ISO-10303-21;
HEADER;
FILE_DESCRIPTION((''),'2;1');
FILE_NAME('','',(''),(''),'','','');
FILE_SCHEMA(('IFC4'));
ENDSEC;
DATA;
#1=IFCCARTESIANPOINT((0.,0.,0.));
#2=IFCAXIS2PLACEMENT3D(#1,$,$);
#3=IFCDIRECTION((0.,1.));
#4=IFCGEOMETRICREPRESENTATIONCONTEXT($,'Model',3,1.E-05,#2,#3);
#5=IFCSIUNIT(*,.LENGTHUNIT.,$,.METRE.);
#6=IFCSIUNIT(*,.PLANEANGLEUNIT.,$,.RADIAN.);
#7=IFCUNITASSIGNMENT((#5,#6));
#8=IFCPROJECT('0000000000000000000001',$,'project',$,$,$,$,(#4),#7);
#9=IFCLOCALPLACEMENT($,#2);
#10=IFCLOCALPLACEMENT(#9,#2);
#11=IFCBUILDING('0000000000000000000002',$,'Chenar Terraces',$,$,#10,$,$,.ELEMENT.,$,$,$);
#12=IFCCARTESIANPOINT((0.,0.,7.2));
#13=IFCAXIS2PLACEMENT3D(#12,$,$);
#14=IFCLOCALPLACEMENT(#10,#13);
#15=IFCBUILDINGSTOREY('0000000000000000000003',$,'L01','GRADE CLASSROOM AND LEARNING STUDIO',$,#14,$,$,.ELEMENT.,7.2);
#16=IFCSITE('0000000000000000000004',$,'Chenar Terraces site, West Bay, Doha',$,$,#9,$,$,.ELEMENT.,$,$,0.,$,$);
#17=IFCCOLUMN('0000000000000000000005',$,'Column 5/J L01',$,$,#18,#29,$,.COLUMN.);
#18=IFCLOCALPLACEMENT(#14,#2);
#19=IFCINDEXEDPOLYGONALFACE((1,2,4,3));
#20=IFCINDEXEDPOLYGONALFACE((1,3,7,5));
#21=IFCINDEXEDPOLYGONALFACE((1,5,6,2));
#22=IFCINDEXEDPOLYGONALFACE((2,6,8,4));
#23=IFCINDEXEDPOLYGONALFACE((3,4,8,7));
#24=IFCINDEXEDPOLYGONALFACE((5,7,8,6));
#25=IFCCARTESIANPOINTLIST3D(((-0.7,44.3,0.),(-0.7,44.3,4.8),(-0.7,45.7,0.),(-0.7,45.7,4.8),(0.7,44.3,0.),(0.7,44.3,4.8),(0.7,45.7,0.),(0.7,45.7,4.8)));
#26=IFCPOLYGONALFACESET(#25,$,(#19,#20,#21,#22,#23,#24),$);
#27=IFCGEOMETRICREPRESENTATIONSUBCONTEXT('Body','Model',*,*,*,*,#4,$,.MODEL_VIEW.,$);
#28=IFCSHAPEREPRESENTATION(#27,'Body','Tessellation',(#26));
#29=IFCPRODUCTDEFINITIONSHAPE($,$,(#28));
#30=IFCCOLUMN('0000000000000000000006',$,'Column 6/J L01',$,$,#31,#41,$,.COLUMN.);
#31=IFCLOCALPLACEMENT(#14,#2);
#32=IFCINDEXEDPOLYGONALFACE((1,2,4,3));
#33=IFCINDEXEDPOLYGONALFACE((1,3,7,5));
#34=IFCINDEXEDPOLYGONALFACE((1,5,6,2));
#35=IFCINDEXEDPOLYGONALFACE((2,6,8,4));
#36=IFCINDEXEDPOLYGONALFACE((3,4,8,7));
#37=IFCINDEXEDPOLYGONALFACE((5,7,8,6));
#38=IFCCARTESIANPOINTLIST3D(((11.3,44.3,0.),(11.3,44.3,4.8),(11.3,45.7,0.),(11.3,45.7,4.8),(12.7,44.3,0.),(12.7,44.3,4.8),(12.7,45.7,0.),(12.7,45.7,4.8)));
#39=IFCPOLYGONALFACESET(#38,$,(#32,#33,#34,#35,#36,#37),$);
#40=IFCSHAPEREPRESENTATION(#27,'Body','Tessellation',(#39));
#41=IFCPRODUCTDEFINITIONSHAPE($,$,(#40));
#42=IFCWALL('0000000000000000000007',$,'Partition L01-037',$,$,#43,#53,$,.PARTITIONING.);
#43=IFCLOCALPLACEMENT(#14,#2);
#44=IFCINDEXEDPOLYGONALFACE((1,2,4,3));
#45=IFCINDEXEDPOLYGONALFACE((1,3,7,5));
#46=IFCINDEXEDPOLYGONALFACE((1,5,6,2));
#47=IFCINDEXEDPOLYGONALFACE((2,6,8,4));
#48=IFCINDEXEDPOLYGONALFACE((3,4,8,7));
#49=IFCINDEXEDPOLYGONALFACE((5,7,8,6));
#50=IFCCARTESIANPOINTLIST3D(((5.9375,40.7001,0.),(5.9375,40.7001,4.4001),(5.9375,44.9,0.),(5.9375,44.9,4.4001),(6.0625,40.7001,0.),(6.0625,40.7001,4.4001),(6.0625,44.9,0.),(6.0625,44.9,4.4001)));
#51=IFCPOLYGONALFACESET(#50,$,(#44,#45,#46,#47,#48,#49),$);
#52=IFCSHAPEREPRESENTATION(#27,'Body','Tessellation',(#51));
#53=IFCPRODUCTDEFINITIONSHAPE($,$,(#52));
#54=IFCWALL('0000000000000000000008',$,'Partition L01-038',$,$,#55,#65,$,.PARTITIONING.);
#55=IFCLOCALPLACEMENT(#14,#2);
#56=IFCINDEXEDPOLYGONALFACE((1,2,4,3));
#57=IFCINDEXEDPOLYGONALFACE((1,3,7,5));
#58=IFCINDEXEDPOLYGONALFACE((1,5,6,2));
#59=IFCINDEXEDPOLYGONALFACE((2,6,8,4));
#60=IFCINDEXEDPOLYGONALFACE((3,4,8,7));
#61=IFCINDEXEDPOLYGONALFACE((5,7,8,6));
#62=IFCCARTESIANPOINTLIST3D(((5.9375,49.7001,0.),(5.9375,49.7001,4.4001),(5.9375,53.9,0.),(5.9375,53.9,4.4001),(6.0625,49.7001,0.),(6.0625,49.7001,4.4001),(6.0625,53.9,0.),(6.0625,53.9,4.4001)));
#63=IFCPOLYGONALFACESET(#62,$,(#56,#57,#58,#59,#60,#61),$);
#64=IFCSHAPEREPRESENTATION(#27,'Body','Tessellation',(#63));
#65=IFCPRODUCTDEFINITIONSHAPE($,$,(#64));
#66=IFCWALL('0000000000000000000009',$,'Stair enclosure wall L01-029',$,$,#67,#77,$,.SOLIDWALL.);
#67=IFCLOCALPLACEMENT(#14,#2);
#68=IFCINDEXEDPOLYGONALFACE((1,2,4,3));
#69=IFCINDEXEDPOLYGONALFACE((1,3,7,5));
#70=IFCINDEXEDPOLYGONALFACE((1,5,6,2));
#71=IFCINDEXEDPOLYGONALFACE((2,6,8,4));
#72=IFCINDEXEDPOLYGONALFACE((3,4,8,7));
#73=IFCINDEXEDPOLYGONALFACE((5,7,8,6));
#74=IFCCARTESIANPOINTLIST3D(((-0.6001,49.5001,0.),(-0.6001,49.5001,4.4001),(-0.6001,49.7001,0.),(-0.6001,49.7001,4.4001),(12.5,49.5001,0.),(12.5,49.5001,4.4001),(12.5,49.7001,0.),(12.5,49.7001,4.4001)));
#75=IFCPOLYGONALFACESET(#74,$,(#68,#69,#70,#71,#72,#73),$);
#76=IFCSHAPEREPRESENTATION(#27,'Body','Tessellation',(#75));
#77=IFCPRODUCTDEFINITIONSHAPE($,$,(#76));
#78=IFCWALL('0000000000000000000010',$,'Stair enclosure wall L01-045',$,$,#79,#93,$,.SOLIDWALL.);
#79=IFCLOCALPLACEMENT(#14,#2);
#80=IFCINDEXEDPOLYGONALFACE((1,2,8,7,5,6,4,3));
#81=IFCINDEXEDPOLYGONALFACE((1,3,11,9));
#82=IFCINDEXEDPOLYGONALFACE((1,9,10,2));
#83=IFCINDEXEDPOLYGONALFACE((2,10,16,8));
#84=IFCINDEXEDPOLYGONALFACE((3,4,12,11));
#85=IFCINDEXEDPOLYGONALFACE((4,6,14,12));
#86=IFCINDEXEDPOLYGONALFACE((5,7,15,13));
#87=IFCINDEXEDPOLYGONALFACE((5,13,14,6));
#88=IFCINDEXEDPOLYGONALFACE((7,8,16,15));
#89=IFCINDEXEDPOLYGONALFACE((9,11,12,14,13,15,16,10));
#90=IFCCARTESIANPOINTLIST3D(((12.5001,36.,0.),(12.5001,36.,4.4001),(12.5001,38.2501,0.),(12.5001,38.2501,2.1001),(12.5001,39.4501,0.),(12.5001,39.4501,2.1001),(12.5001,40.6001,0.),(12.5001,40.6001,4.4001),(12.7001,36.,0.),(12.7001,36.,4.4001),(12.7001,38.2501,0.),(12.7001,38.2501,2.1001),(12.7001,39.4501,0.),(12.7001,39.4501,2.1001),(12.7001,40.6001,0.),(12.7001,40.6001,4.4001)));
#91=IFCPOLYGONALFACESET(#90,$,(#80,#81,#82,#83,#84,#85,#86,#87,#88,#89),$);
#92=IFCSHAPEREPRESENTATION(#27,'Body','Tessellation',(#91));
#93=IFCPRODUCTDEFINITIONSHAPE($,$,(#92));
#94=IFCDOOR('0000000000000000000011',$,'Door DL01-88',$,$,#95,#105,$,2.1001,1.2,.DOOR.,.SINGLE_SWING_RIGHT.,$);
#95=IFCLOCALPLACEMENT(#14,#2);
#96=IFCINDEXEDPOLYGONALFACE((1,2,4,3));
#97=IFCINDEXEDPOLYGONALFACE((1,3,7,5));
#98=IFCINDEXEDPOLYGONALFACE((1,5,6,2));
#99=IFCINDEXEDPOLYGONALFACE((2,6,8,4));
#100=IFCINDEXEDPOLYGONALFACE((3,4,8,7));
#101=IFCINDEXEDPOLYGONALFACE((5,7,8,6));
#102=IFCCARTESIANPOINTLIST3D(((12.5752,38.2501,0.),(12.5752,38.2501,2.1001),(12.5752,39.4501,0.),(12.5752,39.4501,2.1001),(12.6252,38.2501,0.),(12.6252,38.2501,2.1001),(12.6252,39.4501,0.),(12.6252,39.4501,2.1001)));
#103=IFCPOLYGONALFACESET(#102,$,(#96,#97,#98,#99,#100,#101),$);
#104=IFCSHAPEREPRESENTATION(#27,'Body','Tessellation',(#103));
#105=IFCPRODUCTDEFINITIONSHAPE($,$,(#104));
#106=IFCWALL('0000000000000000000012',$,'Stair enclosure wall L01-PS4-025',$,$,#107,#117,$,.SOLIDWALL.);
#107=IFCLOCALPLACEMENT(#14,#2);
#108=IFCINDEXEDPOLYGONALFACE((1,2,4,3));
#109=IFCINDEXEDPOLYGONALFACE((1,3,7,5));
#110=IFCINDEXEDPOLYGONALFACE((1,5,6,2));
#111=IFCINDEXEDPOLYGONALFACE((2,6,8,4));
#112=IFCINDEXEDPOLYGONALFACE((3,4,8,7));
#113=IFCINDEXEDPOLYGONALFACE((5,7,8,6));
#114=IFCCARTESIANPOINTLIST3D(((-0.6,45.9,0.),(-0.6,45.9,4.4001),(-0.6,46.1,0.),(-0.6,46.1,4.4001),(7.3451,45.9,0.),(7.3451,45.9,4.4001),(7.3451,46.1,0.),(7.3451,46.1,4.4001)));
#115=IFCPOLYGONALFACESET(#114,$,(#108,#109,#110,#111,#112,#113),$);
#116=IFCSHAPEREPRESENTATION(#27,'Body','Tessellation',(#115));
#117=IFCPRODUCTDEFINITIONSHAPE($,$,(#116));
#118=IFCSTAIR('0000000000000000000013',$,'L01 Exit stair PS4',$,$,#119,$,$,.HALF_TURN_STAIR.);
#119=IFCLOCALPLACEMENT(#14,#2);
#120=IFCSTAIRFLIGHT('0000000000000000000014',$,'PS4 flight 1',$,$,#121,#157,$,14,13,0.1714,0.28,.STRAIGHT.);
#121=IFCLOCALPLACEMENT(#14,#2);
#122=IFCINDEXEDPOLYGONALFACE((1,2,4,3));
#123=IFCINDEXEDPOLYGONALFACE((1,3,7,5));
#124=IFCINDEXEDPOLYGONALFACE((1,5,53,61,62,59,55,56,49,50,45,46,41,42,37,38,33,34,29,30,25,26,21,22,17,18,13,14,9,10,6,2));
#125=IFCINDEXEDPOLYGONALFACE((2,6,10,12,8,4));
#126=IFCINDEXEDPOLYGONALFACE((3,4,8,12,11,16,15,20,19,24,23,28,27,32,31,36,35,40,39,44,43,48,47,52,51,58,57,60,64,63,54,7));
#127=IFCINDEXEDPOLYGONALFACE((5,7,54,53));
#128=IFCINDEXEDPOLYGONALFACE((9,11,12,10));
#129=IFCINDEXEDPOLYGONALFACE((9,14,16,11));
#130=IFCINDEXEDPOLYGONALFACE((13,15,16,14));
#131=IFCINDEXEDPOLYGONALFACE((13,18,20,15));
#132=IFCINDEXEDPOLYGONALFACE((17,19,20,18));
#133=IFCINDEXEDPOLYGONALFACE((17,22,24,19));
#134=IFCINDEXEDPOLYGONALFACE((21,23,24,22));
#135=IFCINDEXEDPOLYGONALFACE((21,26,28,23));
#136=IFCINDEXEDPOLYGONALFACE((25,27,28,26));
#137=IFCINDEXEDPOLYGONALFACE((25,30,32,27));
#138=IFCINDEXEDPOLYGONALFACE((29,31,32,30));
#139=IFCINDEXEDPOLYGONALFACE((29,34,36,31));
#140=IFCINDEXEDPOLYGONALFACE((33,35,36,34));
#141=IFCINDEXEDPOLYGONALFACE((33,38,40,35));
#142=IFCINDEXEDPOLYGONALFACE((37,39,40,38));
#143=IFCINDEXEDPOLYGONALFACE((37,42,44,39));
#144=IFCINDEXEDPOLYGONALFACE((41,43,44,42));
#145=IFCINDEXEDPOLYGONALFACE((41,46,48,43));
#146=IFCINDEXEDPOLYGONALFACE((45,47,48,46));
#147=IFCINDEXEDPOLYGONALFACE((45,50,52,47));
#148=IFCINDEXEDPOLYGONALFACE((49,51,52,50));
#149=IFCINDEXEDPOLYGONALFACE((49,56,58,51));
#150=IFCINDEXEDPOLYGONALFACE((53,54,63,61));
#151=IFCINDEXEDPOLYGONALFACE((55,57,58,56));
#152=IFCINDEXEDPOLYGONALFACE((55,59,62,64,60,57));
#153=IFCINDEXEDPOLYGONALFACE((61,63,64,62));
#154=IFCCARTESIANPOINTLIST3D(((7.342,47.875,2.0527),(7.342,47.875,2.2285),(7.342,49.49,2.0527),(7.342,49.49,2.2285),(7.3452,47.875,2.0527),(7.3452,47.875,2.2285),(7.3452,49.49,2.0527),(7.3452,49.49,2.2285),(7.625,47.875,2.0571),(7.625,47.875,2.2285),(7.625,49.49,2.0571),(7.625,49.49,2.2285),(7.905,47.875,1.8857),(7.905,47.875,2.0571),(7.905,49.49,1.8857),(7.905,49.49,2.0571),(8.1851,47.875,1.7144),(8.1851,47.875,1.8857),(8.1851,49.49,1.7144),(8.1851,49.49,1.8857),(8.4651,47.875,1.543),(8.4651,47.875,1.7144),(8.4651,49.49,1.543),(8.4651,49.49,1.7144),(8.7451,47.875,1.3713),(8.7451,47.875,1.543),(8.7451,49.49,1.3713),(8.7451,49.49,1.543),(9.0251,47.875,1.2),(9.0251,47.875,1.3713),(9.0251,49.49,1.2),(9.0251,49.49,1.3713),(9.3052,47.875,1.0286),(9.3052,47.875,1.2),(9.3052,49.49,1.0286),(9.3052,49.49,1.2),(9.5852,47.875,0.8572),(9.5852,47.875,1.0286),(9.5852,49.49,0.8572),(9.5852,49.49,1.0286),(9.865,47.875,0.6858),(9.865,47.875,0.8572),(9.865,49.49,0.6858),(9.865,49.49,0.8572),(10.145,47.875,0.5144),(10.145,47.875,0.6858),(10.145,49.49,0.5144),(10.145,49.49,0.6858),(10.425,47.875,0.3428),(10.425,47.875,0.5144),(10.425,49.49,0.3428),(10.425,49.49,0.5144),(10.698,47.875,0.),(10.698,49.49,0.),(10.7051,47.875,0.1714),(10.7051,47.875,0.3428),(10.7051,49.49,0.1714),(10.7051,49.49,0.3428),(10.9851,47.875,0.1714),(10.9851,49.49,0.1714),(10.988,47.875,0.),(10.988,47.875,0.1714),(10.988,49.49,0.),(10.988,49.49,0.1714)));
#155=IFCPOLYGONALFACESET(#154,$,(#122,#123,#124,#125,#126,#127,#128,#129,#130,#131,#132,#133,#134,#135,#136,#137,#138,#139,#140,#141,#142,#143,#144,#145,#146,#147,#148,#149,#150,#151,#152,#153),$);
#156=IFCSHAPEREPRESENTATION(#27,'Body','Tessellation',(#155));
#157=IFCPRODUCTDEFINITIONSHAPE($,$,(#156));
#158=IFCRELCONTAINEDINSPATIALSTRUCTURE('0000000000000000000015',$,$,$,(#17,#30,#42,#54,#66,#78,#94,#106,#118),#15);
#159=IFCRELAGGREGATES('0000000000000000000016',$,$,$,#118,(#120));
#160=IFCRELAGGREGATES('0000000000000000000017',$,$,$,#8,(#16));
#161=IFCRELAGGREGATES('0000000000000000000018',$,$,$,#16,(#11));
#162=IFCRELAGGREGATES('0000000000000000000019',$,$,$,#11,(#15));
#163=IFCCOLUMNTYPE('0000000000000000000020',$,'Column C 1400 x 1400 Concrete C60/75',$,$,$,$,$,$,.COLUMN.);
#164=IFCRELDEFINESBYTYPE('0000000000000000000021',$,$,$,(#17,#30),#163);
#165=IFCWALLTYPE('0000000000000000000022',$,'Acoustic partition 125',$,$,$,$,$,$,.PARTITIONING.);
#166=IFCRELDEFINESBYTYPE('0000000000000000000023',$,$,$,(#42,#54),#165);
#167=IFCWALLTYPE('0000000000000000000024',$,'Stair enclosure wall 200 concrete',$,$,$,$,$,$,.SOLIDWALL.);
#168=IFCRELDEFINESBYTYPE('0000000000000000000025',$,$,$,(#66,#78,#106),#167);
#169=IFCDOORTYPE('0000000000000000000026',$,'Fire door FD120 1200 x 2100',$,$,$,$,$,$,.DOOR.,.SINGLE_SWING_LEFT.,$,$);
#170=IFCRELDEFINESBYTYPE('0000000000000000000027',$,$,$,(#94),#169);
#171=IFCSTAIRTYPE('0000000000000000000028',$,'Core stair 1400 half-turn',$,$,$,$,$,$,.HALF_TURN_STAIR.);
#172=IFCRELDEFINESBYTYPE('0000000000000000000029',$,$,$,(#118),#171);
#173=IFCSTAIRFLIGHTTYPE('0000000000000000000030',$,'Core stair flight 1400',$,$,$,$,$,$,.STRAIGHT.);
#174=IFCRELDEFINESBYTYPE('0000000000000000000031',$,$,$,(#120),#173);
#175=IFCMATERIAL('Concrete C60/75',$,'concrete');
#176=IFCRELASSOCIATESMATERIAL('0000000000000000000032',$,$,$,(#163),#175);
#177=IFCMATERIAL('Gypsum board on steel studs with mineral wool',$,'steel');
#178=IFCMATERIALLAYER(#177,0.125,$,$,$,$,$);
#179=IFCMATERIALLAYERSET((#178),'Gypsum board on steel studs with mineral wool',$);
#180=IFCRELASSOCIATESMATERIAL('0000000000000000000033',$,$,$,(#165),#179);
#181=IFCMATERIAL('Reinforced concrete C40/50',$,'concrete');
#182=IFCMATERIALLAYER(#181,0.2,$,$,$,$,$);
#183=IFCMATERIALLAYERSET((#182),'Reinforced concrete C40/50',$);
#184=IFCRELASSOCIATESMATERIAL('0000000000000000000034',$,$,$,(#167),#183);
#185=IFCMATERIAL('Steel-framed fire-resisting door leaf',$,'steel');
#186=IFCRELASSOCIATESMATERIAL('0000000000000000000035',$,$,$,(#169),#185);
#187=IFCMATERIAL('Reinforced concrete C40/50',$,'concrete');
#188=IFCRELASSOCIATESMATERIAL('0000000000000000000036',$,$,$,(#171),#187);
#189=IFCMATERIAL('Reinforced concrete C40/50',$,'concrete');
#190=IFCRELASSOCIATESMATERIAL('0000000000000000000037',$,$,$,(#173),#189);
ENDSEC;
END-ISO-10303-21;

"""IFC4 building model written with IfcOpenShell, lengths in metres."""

from ifc_helpers import new_model, si_unit, direction, frame, frame_2d, origin, origin_2d, place, context, subcontext, project, spatial, polyline, rectangle, outline, extrude, material, layer, layer_set, material_profile, profile_set, type_object, element, fill, aggregate, save


model = new_model("IFC4")

# Units and contexts
model_context = context("Model", 3, precision=1e-05, world=origin(), true_north=direction((0.0, 1.0)))
body_context = subcontext(model_context, "Body", "Model", "MODEL_VIEW")
ifc_project = project(units=[si_unit("LENGTHUNIT", "METRE"), si_unit("PLANEANGLEUNIT", "RADIAN")], contexts=[model_context])

# Site, building, storey
site_placement = place(None, origin())
site = spatial("IfcSite", under=ifc_project, at=site_placement, Name="Chenar Terraces site, West Bay, Doha", CompositionType="ELEMENT", RefElevation=0.0)
building_placement = place(site_placement, origin())
building = spatial("IfcBuilding", under=site, at=building_placement, Name="Chenar Terraces", CompositionType="ELEMENT")
storey_placement = place(building_placement, frame((0.0, 0.0, 7.2)))
storey = spatial("IfcBuildingStorey", under=building, at=storey_placement, Name="L01", Description="GRADE CLASSROOM AND LEARNING STUDIO", CompositionType="ELEMENT", Elevation=7.2)

# Columns
ifc_material_1 = material(Name="Concrete C60/75", Category="concrete")
ifc_material_profile = material_profile(ifc_material_1, rectangle(XDim=1.3999, YDim=1.3999, at=origin_2d()), Name="C 1400 x 1400")
ifc_profile_set = profile_set([ifc_material_profile], Name="Concrete C60/75")
column_type = type_object("IfcColumnType", Name="Column C 1400 x 1400 Concrete C60/75", PredefinedType="COLUMN", material=ifc_profile_set)
for number, where, z_axis, x_axis, name in (
    (1, (0.0, 45.0, 0.0), (0.0, 0.0, 1.0), (1.0, 0.0, 0.0), "Column 5/J L01"),
    (2, (12.0, 45.0, 0.0), (0.0, 0.0, 1.0), (1.0, 0.0, 0.0), "Column 6/J L01"),
):
    element("IfcColumn", number, at=place(storey_placement, frame(where, z_axis=z_axis, x_axis=x_axis)), inside=storey, type_object=column_type, Name=name, PredefinedType="COLUMN", context=body_context, shape_type="SweptSolid", body=[
        extrude(rectangle(XDim=1.3999, YDim=1.3999, at=origin_2d()), origin(), (0.0, 0.0, 1.0), 4.8),
    ])

# Walls
ifc_material_2 = material(Name="Gypsum board on steel studs with mineral wool", Category="steel")
ifc_layer_1 = layer(ifc_material_2, 0.125)
ifc_layer_set_1 = layer_set([ifc_layer_1], Name="Gypsum board on steel studs with mineral wool")
wall_type_1 = type_object("IfcWallType", Name="Acoustic partition 125", PredefinedType="PARTITIONING", material=ifc_layer_set_1)
for number, where, z_axis, x_axis, name in (
    (3, (6.0, 40.7, 0.0), (0.0, 0.0, 1.0), (0.0, 1.0, 0.0), "Partition L01-037"),
    (4, (6.0, 49.7, 0.0), (0.0, 0.0, 1.0), (0.0, 1.0, 0.0), "Partition L01-038"),
):
    element("IfcWall", number, at=place(storey_placement, frame(where, z_axis=z_axis, x_axis=x_axis)), inside=storey, type_object=wall_type_1, Name=name, PredefinedType="PARTITIONING", context=body_context, shape_type="SweptSolid", body=[
        extrude(rectangle(XDim=4.2, YDim=0.125, at=frame_2d((2.1001, 0.0))), origin(), (0.0, 0.0, 1.0), 4.4001),
    ])
ifc_material_3 = material(Name="Reinforced concrete C40/50", Category="concrete")
ifc_layer_2 = layer(ifc_material_3, 0.2)
ifc_layer_set_2 = layer_set([ifc_layer_2], Name="Reinforced concrete C40/50")
wall_type_2 = type_object("IfcWallType", Name="Stair enclosure wall 200 concrete", PredefinedType="SOLIDWALL", material=ifc_layer_set_2)
wall_1_placement = place(storey_placement, frame((-0.6001, 49.6001, 0.0), z_axis=(0.0, 0.0, 1.0), x_axis=(1.0, 0.0, 0.0)))
element("IfcWall", 5, at=wall_1_placement, inside=storey, type_object=wall_type_2, Name="Stair enclosure wall L01-029", PredefinedType="SOLIDWALL", context=body_context, shape_type="SweptSolid", body=[
    extrude(rectangle(XDim=13.1001, YDim=0.2, at=frame_2d((6.55, 0.0))), origin(), (0.0, 0.0, 1.0), 4.4001),
])

# Wall, opening, door
wall_2_placement = place(storey_placement, frame((12.6001, 36.0, 0.0), z_axis=(0.0, 0.0, 1.0), x_axis=(0.0, 1.0, 0.0)))
wall_2 = element("IfcWall", 6, at=wall_2_placement, inside=storey, type_object=wall_type_2, Name="Stair enclosure wall L01-045", PredefinedType="SOLIDWALL", context=body_context, shape_type="SweptSolid", body=[
    extrude(rectangle(XDim=4.6001, YDim=0.2, at=frame_2d((2.3, 0.0))), origin(), (0.0, 0.0, 1.0), 4.4001),
])
opening_placement = place(wall_2_placement, frame((2.25, 0.0, 0.0)))
opening = element("IfcOpeningElement", 7, at=opening_placement, cuts=wall_2, PredefinedType="OPENING", context=body_context, shape_type="SweptSolid", body=[
    extrude(rectangle(XDim=1.2, YDim=2.1001, at=frame_2d((0.6001, 1.05))), frame((0.0, 0.1099, 0.0), z_axis=(0.0, -1.0, 0.0), x_axis=(1.0, 0.0, 0.0)), (0.0, 0.0, 1.0), 0.22),
])
ifc_material_4 = material(Name="Steel-framed fire-resisting door leaf", Category="steel")
door_type = type_object("IfcDoorType", Name="Fire door FD120 1200 x 2100", OperationType="SINGLE_SWING_LEFT", PredefinedType="DOOR", material=ifc_material_4)
door_placement = place(opening_placement, origin())
door = element("IfcDoor", 8, at=door_placement, inside=storey, type_object=door_type, Name="Door DL01-88", OperationType="SINGLE_SWING_RIGHT", OverallHeight=2.1001, OverallWidth=1.2, PredefinedType="DOOR", context=body_context, shape_type="SweptSolid", body=[
    extrude(rectangle(XDim=1.2, YDim=2.1001, at=frame_2d((0.6001, 1.05))), frame((0.0, 0.0249, 0.0), z_axis=(0.0, -1.0, 0.0), x_axis=(1.0, 0.0, 0.0)), (0.0, 0.0, 1.0), 0.05),
])
fill(opening, door)

# Wall
wall_3_placement = place(storey_placement, frame((-0.6001, 46.0, 0.0), z_axis=(0.0, 0.0, 1.0), x_axis=(1.0, 0.0, 0.0)))
element("IfcWall", 9, at=wall_3_placement, inside=storey, type_object=wall_type_2, Name="Stair enclosure wall L01-PS4-025", PredefinedType="SOLIDWALL", context=body_context, shape_type="SweptSolid", body=[
    extrude(rectangle(XDim=7.9451, YDim=0.2, at=frame_2d((3.9727, 0.0))), origin(), (0.0, 0.0, 1.0), 4.4001),
])

# Stair, stair flight
ifc_material_5 = material(Name="Reinforced concrete C40/50", Category="concrete")
stair_type = type_object("IfcStairType", Name="Core stair 1400 half-turn", PredefinedType="HALF_TURN_STAIR", material=ifc_material_5)
placement = place(storey_placement, origin())
stair_1 = element("IfcStair", 10, at=placement, inside=storey, type_object=stair_type, Name="L01 Exit stair PS4", PredefinedType="HALF_TURN_STAIR")
ifc_material_6 = material(Name="Reinforced concrete C40/50", Category="concrete")
stair_flight_type = type_object("IfcStairFlightType", Name="Core stair flight 1400", PredefinedType="STRAIGHT", material=ifc_material_6)
stair_flight_1_placement = place(storey_placement, frame((10.9851, 48.6826, 0.0), z_axis=(0.0, 0.0, 1.0), x_axis=(-1.0, 0.0, 0.0)))
stair_flight_1 = element("IfcStairFlight", 11, at=stair_flight_1_placement, type_object=stair_flight_type, Name="PS4 flight 1", NumberOfRisers=14, NumberOfTreads=13, PredefinedType="STRAIGHT", RiserHeight=0.1714, TreadLength=0.28, context=body_context, shape_type="SweptSolid", body=[
    extrude(outline(polyline([(-0.0029, 0.0), (-0.0029, 0.1714), (0.0, 0.1714), (0.28, 0.1714), (0.28, 0.3428), (0.5601, 0.3428), (0.5601, 0.5144), (0.8401, 0.5144), (0.8401, 0.6858), (1.1201, 0.6858), (1.1201, 0.8572), (1.3999, 0.8572), (1.3999, 1.0286), (1.6799, 1.0286), (1.6799, 1.2), (1.96, 1.2), (1.96, 1.3713), (2.24, 1.3713), (2.24, 1.543), (2.52, 1.543), (2.52, 1.7144), (2.8, 1.7144), (2.8, 1.8857), (3.0801, 1.8857), (3.0801, 2.0571), (3.3601, 2.0571), (3.3601, 2.2285), (3.6399, 2.2285), (3.6431, 2.2285), (3.6431, 2.0527), (3.6399, 2.0527), (0.2871, 0.0), (-0.0029, 0.0)])), frame((0.0, 0.8076, 0.0), z_axis=(0.0, -1.0, 0.0), x_axis=(1.0, 0.0, 0.0)), (0.0, 0.0, 1.0), 1.615),
])
aggregate(stair_1, [stair_flight_1])

save(model, "model.ifc")
